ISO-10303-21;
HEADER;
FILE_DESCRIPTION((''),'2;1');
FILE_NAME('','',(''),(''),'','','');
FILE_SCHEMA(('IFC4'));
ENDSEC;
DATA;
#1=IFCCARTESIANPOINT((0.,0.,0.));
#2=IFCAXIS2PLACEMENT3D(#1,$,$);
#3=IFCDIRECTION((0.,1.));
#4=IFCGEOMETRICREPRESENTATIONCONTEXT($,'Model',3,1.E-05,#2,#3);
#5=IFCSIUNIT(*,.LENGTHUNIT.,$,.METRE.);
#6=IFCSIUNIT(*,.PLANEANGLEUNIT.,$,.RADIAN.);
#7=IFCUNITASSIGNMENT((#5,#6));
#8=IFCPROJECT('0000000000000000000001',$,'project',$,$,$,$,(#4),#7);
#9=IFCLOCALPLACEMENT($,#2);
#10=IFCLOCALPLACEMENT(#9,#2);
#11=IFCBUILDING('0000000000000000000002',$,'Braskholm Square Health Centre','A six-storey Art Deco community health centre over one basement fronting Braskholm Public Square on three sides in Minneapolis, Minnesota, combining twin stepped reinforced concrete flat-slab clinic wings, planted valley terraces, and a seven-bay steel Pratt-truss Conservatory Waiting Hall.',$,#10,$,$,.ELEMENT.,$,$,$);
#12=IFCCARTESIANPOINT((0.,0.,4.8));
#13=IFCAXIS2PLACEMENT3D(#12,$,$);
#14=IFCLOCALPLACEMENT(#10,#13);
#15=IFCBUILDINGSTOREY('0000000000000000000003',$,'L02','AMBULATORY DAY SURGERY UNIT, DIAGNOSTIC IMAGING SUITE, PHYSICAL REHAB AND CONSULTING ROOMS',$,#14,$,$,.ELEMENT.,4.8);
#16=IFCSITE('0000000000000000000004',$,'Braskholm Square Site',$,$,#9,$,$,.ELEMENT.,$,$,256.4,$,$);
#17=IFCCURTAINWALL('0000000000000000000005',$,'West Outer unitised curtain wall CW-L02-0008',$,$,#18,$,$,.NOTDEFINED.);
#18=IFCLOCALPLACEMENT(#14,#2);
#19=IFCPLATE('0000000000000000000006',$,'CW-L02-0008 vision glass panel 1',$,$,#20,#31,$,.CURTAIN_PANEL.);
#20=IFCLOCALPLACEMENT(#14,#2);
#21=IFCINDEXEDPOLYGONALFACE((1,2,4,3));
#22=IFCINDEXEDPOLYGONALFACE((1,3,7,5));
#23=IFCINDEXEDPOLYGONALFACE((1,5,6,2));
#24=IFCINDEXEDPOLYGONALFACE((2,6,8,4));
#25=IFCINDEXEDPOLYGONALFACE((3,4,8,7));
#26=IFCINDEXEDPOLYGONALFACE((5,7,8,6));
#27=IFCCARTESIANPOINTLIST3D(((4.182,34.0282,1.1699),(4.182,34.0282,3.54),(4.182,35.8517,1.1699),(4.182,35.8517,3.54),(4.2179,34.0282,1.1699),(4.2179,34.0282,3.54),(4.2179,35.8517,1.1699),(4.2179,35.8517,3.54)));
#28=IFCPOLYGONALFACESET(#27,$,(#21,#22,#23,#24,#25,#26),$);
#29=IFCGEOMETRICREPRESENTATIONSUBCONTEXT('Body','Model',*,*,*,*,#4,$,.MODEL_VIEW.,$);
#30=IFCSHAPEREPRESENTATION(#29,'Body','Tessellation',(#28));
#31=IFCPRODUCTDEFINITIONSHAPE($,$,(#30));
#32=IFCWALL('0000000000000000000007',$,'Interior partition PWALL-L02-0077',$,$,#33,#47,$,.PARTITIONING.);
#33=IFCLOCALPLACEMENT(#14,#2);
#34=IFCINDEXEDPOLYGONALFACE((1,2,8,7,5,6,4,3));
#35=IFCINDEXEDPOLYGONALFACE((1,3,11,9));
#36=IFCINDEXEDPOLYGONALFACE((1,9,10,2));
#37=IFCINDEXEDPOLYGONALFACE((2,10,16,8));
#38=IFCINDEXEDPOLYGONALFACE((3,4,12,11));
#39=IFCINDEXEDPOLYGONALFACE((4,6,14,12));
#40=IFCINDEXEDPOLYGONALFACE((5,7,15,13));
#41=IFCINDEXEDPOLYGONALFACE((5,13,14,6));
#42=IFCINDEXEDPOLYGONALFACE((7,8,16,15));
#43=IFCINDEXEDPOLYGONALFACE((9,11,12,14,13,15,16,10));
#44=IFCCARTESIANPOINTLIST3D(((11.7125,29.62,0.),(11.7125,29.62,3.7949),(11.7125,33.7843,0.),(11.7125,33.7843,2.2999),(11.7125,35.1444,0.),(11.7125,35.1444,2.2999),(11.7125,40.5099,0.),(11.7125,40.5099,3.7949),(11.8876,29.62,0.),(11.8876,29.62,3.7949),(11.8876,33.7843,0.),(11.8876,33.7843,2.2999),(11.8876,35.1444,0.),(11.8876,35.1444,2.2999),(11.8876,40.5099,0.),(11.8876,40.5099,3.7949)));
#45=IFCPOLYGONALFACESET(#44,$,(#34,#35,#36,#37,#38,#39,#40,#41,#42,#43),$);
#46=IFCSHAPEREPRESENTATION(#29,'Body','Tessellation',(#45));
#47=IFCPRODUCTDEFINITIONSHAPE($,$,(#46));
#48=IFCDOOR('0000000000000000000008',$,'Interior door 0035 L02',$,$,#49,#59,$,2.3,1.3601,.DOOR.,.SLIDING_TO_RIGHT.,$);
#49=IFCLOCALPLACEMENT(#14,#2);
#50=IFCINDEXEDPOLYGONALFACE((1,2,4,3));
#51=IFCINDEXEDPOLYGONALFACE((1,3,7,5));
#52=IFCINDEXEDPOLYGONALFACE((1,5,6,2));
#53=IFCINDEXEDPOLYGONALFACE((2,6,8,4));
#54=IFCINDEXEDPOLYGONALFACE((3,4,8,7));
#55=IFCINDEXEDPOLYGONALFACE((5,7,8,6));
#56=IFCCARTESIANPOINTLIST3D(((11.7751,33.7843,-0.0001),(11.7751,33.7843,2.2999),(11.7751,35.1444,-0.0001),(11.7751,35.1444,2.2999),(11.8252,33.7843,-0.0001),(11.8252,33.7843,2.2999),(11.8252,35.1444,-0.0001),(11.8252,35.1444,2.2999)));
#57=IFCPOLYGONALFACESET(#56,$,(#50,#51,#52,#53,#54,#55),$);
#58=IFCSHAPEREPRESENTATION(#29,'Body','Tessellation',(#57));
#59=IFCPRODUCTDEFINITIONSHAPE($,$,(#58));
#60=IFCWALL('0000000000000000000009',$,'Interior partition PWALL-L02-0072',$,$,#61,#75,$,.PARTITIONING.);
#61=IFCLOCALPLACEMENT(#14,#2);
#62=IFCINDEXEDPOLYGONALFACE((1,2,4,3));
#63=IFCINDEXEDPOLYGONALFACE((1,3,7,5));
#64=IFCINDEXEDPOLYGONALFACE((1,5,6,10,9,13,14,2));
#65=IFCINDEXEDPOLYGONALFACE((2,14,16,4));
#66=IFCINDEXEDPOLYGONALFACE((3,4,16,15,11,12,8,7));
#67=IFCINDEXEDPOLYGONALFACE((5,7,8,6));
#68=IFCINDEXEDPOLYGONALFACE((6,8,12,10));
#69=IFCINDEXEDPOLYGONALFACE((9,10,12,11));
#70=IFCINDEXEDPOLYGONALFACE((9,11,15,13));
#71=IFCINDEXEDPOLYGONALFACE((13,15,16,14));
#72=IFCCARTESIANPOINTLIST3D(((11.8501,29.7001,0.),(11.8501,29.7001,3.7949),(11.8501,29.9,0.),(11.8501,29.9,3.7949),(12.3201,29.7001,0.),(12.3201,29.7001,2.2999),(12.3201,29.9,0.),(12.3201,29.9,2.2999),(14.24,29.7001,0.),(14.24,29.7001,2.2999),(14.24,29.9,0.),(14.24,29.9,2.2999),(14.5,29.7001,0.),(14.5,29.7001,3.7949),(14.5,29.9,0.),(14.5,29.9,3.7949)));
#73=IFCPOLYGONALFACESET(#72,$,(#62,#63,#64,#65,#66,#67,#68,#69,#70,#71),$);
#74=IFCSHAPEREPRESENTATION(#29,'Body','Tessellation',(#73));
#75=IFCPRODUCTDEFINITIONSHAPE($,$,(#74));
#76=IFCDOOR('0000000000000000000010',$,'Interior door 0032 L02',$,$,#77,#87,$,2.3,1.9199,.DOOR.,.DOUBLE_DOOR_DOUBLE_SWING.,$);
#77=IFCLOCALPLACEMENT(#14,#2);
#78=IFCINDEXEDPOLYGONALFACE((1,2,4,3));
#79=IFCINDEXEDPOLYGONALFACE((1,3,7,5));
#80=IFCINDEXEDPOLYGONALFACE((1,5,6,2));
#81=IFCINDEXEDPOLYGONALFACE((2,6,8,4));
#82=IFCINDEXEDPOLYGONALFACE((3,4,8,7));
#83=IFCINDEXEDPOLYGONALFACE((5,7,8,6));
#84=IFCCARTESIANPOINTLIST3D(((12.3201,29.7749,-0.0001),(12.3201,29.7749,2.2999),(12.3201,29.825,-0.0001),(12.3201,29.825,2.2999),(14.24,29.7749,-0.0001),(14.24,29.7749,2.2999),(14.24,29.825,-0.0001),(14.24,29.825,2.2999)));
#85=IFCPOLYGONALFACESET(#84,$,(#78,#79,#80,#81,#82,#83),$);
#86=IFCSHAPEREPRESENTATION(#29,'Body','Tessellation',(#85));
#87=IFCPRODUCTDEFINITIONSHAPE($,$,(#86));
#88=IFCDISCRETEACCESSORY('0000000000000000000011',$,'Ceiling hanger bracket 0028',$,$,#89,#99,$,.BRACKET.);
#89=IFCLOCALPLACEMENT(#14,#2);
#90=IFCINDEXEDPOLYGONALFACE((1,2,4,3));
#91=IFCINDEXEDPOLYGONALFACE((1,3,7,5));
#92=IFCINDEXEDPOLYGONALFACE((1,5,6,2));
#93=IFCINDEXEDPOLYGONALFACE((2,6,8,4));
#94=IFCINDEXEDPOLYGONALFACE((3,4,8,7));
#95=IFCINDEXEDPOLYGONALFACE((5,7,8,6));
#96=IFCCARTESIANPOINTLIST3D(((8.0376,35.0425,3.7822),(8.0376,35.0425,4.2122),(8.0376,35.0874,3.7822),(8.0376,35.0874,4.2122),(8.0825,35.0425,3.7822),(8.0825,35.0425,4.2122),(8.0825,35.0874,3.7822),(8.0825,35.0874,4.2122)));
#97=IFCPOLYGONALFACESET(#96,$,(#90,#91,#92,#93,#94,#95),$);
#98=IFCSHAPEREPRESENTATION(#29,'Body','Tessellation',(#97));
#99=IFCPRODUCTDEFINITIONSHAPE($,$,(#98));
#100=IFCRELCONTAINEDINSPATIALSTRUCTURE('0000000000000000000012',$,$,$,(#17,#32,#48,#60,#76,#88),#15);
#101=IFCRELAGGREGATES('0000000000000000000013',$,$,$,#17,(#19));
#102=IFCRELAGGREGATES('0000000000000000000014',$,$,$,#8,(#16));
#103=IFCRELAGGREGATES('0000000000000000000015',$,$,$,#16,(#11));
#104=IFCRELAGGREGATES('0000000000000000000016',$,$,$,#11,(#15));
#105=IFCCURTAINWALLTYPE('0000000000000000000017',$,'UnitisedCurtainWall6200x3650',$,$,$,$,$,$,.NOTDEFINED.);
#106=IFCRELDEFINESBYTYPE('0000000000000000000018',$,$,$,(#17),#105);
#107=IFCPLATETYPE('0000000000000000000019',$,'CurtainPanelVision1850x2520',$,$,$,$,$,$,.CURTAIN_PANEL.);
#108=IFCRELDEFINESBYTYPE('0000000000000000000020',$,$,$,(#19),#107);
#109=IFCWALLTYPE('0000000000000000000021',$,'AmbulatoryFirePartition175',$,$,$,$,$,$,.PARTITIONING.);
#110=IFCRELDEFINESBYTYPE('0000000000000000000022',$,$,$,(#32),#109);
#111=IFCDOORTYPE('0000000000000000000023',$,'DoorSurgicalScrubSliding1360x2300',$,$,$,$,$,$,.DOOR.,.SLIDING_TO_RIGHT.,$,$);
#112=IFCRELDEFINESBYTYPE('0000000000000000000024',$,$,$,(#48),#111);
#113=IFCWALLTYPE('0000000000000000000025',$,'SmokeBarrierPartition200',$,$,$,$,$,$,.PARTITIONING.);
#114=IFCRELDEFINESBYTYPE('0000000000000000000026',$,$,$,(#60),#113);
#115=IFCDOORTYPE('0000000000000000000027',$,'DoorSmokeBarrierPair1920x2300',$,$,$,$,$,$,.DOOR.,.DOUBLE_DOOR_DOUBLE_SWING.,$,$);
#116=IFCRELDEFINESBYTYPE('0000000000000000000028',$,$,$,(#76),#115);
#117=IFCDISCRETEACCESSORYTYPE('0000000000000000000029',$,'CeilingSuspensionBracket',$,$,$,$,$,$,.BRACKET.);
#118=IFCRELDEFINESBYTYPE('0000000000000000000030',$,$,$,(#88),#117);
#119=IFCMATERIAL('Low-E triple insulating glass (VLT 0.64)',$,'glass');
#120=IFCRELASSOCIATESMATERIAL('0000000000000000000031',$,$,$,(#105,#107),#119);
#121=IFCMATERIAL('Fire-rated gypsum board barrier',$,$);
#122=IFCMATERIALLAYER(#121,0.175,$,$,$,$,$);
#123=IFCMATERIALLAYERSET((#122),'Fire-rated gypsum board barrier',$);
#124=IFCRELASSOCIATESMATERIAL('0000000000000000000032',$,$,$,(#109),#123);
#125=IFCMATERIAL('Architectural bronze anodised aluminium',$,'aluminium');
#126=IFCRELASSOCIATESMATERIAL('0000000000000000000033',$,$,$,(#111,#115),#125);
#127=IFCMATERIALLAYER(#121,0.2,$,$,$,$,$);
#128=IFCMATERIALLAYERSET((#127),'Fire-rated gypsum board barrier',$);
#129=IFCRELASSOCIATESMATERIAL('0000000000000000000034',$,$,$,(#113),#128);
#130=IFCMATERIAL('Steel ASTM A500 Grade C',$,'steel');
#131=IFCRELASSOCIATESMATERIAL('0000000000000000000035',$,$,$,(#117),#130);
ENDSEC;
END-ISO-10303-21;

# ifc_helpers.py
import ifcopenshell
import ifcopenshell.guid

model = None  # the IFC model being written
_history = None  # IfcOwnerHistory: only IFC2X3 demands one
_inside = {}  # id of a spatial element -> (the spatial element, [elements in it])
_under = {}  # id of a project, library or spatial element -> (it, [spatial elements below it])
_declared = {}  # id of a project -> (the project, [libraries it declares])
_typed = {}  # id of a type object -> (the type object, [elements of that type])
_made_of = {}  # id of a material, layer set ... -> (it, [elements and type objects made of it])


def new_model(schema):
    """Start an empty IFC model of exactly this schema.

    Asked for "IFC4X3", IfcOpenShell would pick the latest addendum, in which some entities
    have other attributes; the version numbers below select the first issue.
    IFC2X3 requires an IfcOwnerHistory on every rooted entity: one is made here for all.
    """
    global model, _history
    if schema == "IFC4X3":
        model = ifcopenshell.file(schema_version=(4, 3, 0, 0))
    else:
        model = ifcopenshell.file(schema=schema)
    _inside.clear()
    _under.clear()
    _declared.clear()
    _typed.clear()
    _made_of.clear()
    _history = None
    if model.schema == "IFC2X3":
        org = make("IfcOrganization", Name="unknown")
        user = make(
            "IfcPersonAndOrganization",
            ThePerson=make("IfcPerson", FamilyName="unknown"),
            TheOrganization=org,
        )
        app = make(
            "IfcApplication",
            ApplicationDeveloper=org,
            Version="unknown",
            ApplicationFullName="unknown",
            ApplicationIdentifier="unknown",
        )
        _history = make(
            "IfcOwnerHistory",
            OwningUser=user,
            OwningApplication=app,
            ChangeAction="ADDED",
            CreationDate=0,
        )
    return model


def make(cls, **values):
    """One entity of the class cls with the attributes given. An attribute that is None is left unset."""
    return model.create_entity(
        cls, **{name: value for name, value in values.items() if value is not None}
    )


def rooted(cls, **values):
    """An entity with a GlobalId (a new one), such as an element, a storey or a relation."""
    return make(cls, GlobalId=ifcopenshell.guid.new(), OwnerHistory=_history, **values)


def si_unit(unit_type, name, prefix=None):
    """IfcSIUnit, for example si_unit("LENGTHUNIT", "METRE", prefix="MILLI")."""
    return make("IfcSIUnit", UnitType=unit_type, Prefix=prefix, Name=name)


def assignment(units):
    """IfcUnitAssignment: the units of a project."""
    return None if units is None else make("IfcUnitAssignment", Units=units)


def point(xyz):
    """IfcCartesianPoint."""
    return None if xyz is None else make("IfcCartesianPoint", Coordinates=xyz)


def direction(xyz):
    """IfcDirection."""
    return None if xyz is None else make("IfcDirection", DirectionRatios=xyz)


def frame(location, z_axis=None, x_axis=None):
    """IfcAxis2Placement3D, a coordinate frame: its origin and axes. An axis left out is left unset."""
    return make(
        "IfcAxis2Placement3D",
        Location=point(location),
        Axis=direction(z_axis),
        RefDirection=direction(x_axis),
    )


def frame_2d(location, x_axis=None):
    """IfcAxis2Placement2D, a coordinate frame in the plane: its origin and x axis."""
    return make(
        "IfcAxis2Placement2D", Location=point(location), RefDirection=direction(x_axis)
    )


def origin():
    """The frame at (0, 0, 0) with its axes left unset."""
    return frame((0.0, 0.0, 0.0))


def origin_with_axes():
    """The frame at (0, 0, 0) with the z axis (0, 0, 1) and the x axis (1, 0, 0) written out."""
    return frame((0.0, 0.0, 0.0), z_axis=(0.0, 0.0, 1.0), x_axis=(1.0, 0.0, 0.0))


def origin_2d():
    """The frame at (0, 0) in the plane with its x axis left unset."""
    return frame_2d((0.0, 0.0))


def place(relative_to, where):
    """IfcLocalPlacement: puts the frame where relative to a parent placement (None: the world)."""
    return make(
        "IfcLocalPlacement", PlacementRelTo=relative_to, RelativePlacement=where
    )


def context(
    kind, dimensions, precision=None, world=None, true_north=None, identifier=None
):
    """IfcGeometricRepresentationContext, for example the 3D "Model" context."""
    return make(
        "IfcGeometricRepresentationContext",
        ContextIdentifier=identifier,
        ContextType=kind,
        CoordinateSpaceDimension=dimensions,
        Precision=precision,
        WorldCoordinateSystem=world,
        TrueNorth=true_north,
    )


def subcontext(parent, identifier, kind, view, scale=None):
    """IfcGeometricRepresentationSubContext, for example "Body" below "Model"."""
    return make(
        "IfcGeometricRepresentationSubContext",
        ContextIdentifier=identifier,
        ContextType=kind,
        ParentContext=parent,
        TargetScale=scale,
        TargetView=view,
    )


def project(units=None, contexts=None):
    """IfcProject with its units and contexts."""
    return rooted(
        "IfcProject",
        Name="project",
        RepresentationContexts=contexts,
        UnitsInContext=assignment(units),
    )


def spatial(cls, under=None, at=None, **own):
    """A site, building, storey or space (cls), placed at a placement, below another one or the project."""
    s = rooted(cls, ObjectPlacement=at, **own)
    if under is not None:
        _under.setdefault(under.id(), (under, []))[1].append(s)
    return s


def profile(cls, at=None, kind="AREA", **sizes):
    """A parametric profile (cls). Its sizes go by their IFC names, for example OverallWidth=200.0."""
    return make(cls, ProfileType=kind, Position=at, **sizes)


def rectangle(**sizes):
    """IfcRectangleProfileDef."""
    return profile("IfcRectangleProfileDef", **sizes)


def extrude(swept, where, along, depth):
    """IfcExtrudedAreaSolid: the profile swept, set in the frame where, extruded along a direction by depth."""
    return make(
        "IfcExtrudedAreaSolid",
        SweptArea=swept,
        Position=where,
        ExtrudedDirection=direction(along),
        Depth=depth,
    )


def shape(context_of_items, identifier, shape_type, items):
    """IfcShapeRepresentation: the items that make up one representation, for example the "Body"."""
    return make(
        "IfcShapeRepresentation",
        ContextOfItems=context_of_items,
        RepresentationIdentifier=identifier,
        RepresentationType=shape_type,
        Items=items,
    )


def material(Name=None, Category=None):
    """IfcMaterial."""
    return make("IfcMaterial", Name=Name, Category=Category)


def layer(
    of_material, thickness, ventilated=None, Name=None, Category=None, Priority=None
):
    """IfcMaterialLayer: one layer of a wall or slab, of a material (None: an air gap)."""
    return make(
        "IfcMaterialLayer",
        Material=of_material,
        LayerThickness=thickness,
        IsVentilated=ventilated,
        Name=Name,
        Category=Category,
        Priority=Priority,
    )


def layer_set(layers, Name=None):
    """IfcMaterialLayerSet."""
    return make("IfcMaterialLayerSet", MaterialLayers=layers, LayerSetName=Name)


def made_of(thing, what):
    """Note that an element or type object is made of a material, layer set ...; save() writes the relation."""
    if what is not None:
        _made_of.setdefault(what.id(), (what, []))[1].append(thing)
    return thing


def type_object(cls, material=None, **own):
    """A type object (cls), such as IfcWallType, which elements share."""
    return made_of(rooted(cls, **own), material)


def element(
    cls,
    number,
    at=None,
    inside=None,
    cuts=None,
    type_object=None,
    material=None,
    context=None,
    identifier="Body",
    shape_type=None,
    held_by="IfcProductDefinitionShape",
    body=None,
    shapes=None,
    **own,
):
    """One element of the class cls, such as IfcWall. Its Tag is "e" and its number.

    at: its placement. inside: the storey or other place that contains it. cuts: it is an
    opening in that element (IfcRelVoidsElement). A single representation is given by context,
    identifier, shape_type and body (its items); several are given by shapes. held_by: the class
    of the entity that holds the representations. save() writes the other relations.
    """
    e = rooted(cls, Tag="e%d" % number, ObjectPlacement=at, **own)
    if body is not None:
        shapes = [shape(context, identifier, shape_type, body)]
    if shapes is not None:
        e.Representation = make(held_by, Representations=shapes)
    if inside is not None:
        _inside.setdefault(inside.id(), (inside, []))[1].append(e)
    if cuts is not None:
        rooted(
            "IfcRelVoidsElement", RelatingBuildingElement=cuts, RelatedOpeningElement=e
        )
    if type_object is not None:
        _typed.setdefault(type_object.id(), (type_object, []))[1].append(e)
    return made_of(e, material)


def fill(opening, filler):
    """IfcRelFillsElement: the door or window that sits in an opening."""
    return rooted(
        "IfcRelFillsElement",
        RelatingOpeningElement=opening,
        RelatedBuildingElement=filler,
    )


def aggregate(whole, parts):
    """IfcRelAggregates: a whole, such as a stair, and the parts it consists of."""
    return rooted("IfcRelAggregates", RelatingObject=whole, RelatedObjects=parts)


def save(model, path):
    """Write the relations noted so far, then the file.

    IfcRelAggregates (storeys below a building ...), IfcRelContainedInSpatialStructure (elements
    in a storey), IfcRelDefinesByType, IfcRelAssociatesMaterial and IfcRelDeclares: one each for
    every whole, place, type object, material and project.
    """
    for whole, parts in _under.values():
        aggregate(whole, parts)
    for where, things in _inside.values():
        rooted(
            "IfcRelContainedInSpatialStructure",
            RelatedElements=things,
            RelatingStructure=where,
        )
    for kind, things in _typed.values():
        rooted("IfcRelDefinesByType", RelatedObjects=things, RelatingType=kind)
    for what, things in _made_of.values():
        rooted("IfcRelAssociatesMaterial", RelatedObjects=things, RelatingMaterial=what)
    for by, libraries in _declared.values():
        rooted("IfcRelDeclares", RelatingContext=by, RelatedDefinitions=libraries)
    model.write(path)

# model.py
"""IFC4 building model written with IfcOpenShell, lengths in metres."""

from ifc_helpers import new_model, si_unit, direction, frame, frame_2d, origin, origin_with_axes, origin_2d, place, context, subcontext, project, spatial, rectangle, extrude, material, layer, layer_set, type_object, element, fill, aggregate, save


model = new_model("IFC4")

# Units and contexts
model_context = context("Model", 3, precision=1e-05, world=origin(), true_north=direction((0.0, 1.0)))
body_context = subcontext(model_context, "Body", "Model", "MODEL_VIEW")
ifc_project = project(units=[si_unit("LENGTHUNIT", "METRE"), si_unit("PLANEANGLEUNIT", "RADIAN")], contexts=[model_context])

# Site, building, storey
site_placement = place(None, origin())
site = spatial("IfcSite", under=ifc_project, at=site_placement, Name="Braskholm Square Site", CompositionType="ELEMENT", RefElevation=256.4)
building_placement = place(site_placement, origin())
building = spatial("IfcBuilding", under=site, at=building_placement, Name="Braskholm Square Health Centre", Description="A six-storey Art Deco community health centre over one basement fronting Braskholm Public Square on three sides in Minneapolis, Minnesota, combining twin stepped reinforced concrete flat-slab clinic wings, planted valley terraces, and a seven-bay steel Pratt-truss Conservatory Waiting Hall.", CompositionType="ELEMENT")
storey_placement = place(building_placement, frame((0.0, 0.0, 4.8)))
storey = spatial("IfcBuildingStorey", under=building, at=storey_placement, Name="L02", Description="AMBULATORY DAY SURGERY UNIT, DIAGNOSTIC IMAGING SUITE, PHYSICAL REHAB AND CONSULTING ROOMS", CompositionType="ELEMENT", Elevation=4.8)

# Curtain wall
ifc_material_1 = material(Name="Low-E triple insulating glass (VLT 0.64)", Category="glass")
curtain_wall_type = type_object("IfcCurtainWallType", Name="UnitisedCurtainWall6200x3650", PredefinedType="NOTDEFINED", material=ifc_material_1)
curtain_wall_placement = place(storey_placement, origin())
curtain_wall = element("IfcCurtainWall", 1, at=curtain_wall_placement, inside=storey, type_object=curtain_wall_type, Name="West Outer unitised curtain wall CW-L02-0008", PredefinedType="NOTDEFINED")
ifc_material_2 = material(Name="Architectural bronze anodised aluminium", Category="aluminium")

# Plate
plate_type_1 = type_object("IfcPlateType", Name="CurtainPanelVision1850x2520", PredefinedType="CURTAIN_PANEL", material=ifc_material_1)
plate_1_placement = place(storey_placement, frame((4.2, 34.9399, 1.1699), z_axis=(0.0, 0.0, 1.0), x_axis=(0.0, -1.0, 0.0)))
plate_1 = element("IfcPlate", 2, at=plate_1_placement, type_object=plate_type_1, Name="CW-L02-0008 vision glass panel 1", PredefinedType="CURTAIN_PANEL", context=body_context, shape_type="SweptSolid", body=[
    extrude(rectangle(XDim=1.8235, YDim=0.0359, at=origin_2d()), origin(), (0.0, 0.0, 1.0), 2.3701),
])
aggregate(curtain_wall, [plate_1])

# Walls, openings, doors
ifc_material_3 = material(Name="Fire-rated gypsum board barrier")
ifc_layer_1 = layer(ifc_material_3, 0.175)
ifc_layer_set_1 = layer_set([ifc_layer_1], Name="Fire-rated gypsum board barrier")
wall_type_1 = type_object("IfcWallType", Name="AmbulatoryFirePartition175", PredefinedType="PARTITIONING", material=ifc_layer_set_1)
wall_1_placement = place(storey_placement, frame((11.8, 29.6201, 0.0), z_axis=(0.0, 0.0, 1.0), x_axis=(0.0, 1.0, 0.0)))
wall_1 = element("IfcWall", 3, at=wall_1_placement, inside=storey, type_object=wall_type_1, Name="Interior partition PWALL-L02-0077", PredefinedType="PARTITIONING", context=body_context, shape_type="SweptSolid", body=[
    extrude(rectangle(XDim=10.8899, YDim=0.175, at=frame_2d((5.4448, 0.0))), origin(), (0.0, 0.0, 1.0), 3.7949),
])
opening_1_placement = place(wall_1_placement, frame((4.1641, 0.0, 0.0)))
opening_1 = element("IfcOpeningElement", 4, at=opening_1_placement, cuts=wall_1, PredefinedType="OPENING", context=body_context, shape_type="SweptSolid", body=[
    extrude(rectangle(XDim=1.3601, YDim=2.3, at=frame_2d((0.6802, 1.1499))), frame((0.0, 0.0977, 0.0), z_axis=(0.0, -1.0, 0.0), x_axis=(1.0, 0.0, 0.0)), (0.0, 0.0, 1.0), 0.1951),
])
door_type_1 = type_object("IfcDoorType", Name="DoorSurgicalScrubSliding1360x2300", OperationType="SLIDING_TO_RIGHT", PredefinedType="DOOR", material=ifc_material_2)
door_1_placement = place(opening_1_placement, origin_with_axes())
door_1 = element("IfcDoor", 5, at=door_1_placement, inside=storey, type_object=door_type_1, Name="Interior door 0035 L02", OperationType="SLIDING_TO_RIGHT", OverallHeight=2.3, OverallWidth=1.3601, PredefinedType="DOOR", context=body_context, shape_type="SweptSolid", body=[
    extrude(rectangle(XDim=1.3601, YDim=2.3, at=frame_2d((0.6802, 1.1499))), frame((0.0, 0.0249, 0.0), z_axis=(0.0, -1.0, 0.0), x_axis=(1.0, 0.0, 0.0)), (0.0, 0.0, 1.0), 0.05),
])
fill(opening_1, door_1)
ifc_layer_2 = layer(ifc_material_3, 0.2)
ifc_layer_set_2 = layer_set([ifc_layer_2], Name="Fire-rated gypsum board barrier")
wall_type_2 = type_object("IfcWallType", Name="SmokeBarrierPartition200", PredefinedType="PARTITIONING", material=ifc_layer_set_2)
wall_2_placement = place(storey_placement, frame((11.8501, 29.8, 0.0), z_axis=(0.0, 0.0, 1.0), x_axis=(1.0, 0.0, 0.0)))
wall_2 = element("IfcWall", 6, at=wall_2_placement, inside=storey, type_object=wall_type_2, Name="Interior partition PWALL-L02-0072", PredefinedType="PARTITIONING", context=body_context, shape_type="SweptSolid", body=[
    extrude(rectangle(XDim=2.6499, YDim=0.2, at=frame_2d((1.325, 0.0))), origin(), (0.0, 0.0, 1.0), 3.7949),
])
opening_2_placement = place(wall_2_placement, frame((0.47, 0.0, 0.0)))
opening_2 = element("IfcOpeningElement", 7, at=opening_2_placement, cuts=wall_2, PredefinedType="OPENING", context=body_context, shape_type="SweptSolid", body=[
    extrude(rectangle(XDim=1.9199, YDim=2.3, at=frame_2d((0.96, 1.1499))), frame((0.0, 0.1099, 0.0), z_axis=(0.0, -1.0, 0.0), x_axis=(1.0, 0.0, 0.0)), (0.0, 0.0, 1.0), 0.22),
])
door_type_2 = type_object("IfcDoorType", Name="DoorSmokeBarrierPair1920x2300", OperationType="DOUBLE_DOOR_DOUBLE_SWING", PredefinedType="DOOR", material=ifc_material_2)
door_2_placement = place(opening_2_placement, origin_with_axes())
door_2 = element("IfcDoor", 8, at=door_2_placement, inside=storey, type_object=door_type_2, Name="Interior door 0032 L02", OperationType="DOUBLE_DOOR_DOUBLE_SWING", OverallHeight=2.3, OverallWidth=1.9199, PredefinedType="DOOR", context=body_context, shape_type="SweptSolid", body=[
    extrude(rectangle(XDim=1.9199, YDim=2.3, at=frame_2d((0.96, 1.1499))), frame((0.0, 0.0249, 0.0), z_axis=(0.0, -1.0, 0.0), x_axis=(1.0, 0.0, 0.0)), (0.0, 0.0, 1.0), 0.05),
])
fill(opening_2, door_2)

# Discrete accessory
ifc_material_4 = material(Name="Steel ASTM A500 Grade C", Category="steel")
discrete_accessory_type = type_object("IfcDiscreteAccessoryType", Name="CeilingSuspensionBracket", PredefinedType="BRACKET", material=ifc_material_4)
discrete_accessory_placement = place(storey_placement, frame((8.0601, 35.0649, 3.7822), z_axis=(0.0, 0.0, 1.0), x_axis=(1.0, 0.0, 0.0)))
element("IfcDiscreteAccessory", 9, at=discrete_accessory_placement, inside=storey, type_object=discrete_accessory_type, Name="Ceiling hanger bracket 0028", PredefinedType="BRACKET", context=body_context, shape_type="SweptSolid", body=[
    extrude(rectangle(XDim=0.0449, YDim=0.0449, at=origin_2d()), origin(), (0.0, 0.0, 1.0), 0.4299),
])

save(model, "model.ifc")
